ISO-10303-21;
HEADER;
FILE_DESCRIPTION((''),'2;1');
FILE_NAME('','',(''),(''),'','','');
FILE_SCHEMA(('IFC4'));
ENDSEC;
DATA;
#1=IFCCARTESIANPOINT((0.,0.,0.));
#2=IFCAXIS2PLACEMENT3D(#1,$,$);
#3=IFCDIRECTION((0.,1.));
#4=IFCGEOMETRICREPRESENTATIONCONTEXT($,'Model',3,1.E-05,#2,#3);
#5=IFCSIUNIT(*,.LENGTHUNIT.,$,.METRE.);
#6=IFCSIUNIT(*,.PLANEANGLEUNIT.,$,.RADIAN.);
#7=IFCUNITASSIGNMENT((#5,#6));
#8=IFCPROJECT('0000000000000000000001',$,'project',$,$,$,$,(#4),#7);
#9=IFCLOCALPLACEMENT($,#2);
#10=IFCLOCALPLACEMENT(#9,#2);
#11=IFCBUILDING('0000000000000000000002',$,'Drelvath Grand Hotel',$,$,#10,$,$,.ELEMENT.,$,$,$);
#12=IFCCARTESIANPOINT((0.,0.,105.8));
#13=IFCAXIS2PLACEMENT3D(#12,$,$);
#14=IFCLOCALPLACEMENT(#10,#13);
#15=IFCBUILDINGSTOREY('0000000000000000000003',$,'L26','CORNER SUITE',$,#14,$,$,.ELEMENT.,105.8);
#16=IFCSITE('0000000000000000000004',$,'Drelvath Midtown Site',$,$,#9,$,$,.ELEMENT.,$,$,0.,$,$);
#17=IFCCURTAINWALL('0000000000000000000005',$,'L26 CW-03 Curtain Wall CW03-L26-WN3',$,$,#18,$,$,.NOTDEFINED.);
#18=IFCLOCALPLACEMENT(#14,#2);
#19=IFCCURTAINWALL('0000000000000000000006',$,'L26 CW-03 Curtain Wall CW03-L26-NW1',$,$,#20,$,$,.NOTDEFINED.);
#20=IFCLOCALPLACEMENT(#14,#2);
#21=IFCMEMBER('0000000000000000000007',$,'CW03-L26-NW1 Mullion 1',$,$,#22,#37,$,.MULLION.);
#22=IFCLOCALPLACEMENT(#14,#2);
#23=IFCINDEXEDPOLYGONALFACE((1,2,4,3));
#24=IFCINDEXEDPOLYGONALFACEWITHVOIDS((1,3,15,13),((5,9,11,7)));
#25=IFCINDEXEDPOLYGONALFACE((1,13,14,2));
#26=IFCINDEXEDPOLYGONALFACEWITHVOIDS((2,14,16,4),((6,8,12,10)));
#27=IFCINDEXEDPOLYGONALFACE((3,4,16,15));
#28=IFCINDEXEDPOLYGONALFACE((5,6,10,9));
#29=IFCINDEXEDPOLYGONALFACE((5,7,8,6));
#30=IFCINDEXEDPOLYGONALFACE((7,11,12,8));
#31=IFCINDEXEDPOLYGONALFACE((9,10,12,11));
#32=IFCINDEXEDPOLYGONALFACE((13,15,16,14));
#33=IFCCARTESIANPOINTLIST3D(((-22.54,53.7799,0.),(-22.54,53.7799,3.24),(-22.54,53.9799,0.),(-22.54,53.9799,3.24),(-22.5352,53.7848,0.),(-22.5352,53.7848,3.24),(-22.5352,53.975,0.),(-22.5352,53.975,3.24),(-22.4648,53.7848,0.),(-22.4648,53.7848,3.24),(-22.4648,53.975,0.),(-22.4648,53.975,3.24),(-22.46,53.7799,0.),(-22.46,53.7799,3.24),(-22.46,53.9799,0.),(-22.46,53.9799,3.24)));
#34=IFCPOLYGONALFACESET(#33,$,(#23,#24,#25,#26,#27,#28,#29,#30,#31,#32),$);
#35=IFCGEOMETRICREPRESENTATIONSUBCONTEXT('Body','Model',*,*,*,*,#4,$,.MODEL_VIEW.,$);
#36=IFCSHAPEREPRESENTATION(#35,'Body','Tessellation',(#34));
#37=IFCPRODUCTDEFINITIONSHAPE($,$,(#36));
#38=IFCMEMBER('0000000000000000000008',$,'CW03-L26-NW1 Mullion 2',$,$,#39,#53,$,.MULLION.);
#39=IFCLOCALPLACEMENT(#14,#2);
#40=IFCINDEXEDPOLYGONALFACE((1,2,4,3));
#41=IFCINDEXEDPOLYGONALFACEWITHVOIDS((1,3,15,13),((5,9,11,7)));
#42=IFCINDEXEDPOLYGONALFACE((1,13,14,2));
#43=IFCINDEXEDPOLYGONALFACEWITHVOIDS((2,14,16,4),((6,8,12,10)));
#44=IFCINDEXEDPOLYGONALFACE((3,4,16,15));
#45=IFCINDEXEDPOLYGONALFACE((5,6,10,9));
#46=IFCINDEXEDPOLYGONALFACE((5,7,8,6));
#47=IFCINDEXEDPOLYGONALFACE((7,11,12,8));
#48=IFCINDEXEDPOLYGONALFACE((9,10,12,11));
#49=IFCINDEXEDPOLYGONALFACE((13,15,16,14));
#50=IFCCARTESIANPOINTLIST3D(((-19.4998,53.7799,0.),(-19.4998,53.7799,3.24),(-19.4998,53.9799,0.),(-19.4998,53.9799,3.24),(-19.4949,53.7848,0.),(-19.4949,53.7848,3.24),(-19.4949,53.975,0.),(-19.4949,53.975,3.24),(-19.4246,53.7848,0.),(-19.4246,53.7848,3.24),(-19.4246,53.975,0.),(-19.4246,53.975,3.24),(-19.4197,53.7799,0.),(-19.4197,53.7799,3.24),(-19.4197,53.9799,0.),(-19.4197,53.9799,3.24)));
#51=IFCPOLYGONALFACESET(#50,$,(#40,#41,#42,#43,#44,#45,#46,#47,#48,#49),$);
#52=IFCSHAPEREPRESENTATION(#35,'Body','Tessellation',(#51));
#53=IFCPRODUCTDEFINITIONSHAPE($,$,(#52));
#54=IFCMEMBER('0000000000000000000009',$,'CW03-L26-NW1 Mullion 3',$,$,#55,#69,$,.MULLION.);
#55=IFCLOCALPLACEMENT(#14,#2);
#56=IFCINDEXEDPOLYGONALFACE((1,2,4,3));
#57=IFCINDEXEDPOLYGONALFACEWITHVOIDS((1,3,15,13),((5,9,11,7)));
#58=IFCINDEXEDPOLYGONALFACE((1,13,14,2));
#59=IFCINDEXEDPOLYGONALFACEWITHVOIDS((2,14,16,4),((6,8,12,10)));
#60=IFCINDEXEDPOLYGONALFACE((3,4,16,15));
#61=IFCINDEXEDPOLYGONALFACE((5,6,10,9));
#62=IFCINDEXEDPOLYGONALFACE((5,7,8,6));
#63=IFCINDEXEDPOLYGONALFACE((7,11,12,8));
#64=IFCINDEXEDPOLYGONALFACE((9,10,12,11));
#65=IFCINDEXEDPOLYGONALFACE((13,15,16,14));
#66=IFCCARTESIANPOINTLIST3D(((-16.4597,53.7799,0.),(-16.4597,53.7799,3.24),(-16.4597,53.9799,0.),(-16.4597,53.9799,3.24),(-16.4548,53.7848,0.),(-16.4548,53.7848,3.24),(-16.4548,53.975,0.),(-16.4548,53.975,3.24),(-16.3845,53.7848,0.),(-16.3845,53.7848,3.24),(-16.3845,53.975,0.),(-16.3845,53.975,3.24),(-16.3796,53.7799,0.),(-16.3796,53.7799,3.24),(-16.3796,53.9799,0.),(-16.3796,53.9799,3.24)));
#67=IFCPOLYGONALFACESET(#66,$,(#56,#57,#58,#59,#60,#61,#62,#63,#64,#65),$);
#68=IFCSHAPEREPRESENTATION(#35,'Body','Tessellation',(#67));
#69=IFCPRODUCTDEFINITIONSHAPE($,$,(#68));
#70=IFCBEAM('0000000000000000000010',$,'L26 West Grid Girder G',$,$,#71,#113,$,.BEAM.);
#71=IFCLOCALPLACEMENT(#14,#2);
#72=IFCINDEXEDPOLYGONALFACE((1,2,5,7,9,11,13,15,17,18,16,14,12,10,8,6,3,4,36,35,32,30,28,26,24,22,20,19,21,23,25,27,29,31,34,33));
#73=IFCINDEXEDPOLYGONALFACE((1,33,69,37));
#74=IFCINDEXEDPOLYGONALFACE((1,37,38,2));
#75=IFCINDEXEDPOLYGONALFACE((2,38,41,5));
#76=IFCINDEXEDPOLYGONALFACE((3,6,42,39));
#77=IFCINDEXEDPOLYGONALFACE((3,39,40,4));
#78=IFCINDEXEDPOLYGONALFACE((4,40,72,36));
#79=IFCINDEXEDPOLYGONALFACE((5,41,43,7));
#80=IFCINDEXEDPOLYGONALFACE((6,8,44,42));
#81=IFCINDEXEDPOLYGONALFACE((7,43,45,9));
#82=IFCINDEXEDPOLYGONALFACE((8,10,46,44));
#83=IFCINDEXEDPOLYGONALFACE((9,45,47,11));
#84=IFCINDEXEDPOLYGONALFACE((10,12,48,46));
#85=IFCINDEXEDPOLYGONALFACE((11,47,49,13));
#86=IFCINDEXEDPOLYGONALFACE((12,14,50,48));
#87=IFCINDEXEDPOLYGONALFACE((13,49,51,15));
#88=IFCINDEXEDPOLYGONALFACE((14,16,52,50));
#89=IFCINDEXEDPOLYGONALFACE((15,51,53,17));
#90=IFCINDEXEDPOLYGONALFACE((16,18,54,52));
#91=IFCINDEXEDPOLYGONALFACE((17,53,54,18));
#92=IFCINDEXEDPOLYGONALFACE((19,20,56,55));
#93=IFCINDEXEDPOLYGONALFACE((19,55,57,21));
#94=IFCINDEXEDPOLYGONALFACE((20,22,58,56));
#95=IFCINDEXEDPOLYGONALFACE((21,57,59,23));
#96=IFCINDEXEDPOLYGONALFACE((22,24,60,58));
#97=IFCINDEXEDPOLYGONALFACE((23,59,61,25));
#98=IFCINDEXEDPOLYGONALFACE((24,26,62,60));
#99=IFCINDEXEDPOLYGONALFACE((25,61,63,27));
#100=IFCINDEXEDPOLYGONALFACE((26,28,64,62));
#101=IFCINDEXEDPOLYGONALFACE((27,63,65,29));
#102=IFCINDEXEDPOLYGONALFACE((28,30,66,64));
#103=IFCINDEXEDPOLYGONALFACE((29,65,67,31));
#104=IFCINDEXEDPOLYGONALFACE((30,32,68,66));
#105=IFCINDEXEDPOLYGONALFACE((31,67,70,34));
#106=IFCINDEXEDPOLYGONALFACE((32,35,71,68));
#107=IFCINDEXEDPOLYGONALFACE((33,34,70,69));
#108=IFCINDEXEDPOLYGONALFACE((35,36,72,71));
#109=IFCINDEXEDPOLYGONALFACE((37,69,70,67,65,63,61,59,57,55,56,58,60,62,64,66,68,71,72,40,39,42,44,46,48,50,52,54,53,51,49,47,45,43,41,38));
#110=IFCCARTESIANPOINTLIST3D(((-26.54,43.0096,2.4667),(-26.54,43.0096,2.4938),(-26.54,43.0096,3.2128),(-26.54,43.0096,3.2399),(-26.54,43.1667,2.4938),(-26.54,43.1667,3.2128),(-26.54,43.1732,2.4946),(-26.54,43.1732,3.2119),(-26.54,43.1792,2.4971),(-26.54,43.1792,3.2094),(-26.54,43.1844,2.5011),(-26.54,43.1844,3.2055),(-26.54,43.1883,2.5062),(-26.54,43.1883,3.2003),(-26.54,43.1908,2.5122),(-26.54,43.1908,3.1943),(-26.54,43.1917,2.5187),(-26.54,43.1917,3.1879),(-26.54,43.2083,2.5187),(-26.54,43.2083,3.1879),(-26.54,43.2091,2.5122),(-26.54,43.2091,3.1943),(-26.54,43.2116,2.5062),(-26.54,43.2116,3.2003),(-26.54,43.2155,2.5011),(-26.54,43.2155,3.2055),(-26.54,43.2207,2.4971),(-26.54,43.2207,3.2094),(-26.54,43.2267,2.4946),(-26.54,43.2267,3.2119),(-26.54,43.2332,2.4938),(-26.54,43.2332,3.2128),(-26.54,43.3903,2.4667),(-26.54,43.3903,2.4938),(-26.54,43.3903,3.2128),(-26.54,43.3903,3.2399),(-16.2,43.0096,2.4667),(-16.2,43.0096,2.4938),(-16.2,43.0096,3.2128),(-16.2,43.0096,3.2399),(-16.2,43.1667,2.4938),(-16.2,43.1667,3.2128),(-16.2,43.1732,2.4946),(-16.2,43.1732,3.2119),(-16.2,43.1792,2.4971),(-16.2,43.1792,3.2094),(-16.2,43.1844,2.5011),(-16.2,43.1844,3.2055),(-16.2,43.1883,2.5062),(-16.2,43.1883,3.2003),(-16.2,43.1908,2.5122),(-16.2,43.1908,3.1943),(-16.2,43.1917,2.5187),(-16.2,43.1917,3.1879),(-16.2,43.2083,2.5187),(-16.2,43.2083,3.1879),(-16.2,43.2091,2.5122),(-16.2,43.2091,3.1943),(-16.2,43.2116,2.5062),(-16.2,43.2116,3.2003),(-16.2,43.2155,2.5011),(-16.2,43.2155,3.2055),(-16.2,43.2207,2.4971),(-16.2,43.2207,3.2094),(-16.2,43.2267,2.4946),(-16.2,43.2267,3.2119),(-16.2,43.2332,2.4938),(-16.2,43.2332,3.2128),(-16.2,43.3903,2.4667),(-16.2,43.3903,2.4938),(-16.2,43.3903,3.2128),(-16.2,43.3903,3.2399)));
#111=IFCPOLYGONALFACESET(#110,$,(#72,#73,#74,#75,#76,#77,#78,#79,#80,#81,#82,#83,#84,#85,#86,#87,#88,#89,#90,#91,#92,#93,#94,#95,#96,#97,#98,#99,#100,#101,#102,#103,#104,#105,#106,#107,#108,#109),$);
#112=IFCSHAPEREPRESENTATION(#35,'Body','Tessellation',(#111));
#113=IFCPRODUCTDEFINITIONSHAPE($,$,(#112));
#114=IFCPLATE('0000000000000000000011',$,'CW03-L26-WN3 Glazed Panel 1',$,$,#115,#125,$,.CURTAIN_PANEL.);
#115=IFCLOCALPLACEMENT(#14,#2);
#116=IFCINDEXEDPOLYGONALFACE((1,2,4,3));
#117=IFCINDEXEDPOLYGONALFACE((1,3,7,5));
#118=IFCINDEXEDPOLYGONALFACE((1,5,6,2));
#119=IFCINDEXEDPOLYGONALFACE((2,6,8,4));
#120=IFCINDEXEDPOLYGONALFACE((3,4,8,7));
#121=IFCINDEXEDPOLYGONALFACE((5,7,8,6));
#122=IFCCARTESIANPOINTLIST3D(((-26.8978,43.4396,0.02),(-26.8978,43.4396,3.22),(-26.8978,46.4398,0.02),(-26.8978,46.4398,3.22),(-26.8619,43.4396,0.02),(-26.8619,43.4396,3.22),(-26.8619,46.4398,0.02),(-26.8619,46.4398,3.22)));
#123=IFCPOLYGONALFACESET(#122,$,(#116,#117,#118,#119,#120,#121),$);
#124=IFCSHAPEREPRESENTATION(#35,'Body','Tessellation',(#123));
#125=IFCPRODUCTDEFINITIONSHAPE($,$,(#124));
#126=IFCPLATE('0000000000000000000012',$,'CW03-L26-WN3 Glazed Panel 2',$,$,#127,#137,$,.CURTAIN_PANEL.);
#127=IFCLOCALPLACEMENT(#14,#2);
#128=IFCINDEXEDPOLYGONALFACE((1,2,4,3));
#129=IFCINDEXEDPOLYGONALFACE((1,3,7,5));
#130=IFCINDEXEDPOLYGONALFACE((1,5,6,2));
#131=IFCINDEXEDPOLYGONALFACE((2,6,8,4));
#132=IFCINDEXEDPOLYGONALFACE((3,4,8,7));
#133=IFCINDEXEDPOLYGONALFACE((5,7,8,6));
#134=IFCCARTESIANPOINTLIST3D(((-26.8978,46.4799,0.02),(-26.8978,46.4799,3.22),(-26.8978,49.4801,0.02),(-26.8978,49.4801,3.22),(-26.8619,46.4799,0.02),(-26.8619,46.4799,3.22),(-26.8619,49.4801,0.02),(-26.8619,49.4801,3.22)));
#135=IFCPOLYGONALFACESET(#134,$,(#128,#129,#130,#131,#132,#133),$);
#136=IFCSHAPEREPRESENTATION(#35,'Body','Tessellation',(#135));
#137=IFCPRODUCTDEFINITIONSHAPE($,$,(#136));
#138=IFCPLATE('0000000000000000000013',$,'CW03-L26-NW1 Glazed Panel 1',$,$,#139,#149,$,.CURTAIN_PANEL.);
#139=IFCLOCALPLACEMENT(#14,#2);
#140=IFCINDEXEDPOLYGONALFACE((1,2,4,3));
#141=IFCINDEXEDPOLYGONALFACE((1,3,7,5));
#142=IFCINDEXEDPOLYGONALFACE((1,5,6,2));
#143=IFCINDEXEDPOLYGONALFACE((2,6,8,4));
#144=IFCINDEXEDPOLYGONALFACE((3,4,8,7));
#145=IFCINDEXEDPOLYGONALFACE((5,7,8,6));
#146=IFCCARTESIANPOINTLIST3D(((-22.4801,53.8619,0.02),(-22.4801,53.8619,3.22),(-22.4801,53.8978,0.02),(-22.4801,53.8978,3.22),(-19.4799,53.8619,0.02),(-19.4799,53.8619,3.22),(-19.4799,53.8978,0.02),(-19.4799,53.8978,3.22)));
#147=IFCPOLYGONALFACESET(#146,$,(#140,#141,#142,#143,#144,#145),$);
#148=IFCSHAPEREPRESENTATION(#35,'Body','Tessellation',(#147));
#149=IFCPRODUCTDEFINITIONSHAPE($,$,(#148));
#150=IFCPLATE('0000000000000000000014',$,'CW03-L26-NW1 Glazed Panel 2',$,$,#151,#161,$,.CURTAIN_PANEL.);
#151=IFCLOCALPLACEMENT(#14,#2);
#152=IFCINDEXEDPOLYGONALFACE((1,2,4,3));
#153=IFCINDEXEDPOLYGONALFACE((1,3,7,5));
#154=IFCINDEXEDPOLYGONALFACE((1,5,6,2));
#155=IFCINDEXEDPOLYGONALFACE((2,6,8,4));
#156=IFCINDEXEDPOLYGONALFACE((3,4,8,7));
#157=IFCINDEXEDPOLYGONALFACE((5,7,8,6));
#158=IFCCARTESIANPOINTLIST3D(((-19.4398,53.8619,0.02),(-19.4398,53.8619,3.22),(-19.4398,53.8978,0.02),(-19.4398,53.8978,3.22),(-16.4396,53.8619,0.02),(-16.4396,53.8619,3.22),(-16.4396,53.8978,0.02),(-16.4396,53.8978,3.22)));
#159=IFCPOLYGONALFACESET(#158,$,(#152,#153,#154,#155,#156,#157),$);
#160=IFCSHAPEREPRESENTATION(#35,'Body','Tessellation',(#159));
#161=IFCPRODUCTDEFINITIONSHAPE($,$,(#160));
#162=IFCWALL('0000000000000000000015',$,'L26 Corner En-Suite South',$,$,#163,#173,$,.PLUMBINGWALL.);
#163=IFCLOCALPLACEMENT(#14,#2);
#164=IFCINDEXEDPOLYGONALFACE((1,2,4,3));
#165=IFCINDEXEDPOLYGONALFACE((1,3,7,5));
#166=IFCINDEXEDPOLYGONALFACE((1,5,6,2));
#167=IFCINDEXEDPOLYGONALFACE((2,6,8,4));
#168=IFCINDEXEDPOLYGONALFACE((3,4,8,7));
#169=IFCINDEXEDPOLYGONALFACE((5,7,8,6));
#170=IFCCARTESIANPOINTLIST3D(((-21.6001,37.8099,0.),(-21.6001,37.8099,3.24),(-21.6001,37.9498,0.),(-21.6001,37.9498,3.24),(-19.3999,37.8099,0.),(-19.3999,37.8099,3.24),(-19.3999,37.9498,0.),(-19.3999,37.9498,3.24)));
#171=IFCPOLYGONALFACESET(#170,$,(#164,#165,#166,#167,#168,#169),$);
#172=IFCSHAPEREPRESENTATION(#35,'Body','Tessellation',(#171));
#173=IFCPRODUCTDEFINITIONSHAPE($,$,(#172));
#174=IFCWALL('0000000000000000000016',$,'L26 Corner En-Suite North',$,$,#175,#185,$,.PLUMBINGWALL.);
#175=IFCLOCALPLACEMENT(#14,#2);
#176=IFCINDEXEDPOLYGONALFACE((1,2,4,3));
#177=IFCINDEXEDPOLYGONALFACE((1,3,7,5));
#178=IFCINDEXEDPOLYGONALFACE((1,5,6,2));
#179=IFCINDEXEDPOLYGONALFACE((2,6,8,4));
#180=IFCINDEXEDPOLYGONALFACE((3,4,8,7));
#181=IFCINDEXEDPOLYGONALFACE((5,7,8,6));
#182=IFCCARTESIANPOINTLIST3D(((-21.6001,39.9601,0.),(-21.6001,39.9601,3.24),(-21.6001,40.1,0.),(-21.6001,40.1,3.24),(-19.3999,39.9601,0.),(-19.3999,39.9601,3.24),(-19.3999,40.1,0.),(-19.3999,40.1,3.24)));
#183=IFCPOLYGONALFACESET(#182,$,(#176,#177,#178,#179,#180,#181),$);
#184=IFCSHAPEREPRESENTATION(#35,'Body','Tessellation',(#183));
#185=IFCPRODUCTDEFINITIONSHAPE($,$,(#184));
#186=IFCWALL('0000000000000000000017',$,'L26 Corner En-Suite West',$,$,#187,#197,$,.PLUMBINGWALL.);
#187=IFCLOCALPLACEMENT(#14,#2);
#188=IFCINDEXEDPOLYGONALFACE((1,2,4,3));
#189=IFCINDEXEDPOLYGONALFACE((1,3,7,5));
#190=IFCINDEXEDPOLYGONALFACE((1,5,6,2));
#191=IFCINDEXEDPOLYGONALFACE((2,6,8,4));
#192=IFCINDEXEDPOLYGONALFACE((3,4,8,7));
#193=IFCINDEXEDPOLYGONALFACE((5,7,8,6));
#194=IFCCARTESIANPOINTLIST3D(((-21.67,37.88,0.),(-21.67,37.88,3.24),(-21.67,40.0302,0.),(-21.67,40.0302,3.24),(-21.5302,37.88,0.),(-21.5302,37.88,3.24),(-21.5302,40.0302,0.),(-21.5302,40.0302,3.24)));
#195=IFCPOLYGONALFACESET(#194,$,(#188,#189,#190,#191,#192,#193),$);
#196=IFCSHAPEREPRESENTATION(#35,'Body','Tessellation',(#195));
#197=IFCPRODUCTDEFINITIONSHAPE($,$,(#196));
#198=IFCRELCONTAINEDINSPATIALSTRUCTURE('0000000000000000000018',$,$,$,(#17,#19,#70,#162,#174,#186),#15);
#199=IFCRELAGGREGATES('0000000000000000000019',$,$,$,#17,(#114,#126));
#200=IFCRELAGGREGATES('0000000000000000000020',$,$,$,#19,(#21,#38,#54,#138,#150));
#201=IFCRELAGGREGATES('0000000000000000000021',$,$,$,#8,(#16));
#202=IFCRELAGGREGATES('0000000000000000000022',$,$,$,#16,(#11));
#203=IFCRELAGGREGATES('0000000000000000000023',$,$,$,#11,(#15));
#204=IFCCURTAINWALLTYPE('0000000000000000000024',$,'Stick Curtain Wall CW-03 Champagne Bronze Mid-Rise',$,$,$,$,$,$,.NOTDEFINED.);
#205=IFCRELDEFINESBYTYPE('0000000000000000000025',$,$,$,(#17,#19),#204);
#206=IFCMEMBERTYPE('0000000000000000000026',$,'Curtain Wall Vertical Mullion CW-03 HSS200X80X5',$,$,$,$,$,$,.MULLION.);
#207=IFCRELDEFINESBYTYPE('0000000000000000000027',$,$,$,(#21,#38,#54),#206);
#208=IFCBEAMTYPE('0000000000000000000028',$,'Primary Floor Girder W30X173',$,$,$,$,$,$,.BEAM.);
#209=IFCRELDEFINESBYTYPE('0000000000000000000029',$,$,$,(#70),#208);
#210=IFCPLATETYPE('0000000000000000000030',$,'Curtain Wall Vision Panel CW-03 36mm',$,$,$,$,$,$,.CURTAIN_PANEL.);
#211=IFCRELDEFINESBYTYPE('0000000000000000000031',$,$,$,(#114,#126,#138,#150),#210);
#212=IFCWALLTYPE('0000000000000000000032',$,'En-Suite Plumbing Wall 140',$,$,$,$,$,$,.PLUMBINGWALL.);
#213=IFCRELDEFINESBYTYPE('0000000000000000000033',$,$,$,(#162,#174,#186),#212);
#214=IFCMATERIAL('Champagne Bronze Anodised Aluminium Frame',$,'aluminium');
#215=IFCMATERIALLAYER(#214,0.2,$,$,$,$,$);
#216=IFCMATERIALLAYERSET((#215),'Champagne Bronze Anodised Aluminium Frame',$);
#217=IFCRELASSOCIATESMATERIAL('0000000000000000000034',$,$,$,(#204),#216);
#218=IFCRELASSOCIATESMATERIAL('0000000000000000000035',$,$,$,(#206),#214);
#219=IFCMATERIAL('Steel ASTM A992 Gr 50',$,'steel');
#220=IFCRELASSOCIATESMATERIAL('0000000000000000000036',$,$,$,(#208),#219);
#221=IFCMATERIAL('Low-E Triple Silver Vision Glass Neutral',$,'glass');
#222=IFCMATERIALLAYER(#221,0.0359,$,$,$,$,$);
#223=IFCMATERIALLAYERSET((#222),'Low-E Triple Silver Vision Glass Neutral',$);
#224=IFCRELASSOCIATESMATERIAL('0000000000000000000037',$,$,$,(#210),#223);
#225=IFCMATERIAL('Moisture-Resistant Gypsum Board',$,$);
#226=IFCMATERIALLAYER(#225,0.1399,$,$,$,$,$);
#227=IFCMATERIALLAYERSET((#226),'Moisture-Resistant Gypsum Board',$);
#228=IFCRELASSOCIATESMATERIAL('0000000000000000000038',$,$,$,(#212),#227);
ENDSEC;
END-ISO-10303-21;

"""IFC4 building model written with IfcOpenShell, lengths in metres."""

from ifc_helpers import new_model, si_unit, direction, frame, frame_2d, origin, origin_2d, place, context, subcontext, project, spatial, rectangle, hollow_rectangle, i_section, extrude, material, layer, layer_set, material_profile, profile_set, type_object, element, aggregate, save


model = new_model("IFC4")

# Units and contexts
model_context = context("Model", 3, precision=1e-05, world=origin(), true_north=direction((0.0, 1.0)))
body_context = subcontext(model_context, "Body", "Model", "MODEL_VIEW")
ifc_project = project(units=[si_unit("LENGTHUNIT", "METRE"), si_unit("PLANEANGLEUNIT", "RADIAN")], contexts=[model_context])

# Site, building, storey
site_placement = place(None, origin())
site = spatial("IfcSite", under=ifc_project, at=site_placement, Name="Drelvath Midtown Site", CompositionType="ELEMENT", RefElevation=0.0)
building_placement = place(site_placement, origin())
building = spatial("IfcBuilding", under=site, at=building_placement, Name="Drelvath Grand Hotel", CompositionType="ELEMENT")
storey_placement = place(building_placement, frame((0.0, 0.0, 105.8)))
storey = spatial("IfcBuildingStorey", under=building, at=storey_placement, Name="L26", Description="CORNER SUITE", CompositionType="ELEMENT", Elevation=105.8)

# Shared definitions
ifc_material_1 = material(Name="Steel ASTM A992 Gr 50", Category="steel")

# Curtain walls
ifc_material_2 = material(Name="Champagne Bronze Anodised Aluminium Frame", Category="aluminium")
ifc_layer_1 = layer(ifc_material_2, 0.2)
ifc_layer_set_1 = layer_set([ifc_layer_1], Name="Champagne Bronze Anodised Aluminium Frame")
curtain_wall_type = type_object("IfcCurtainWallType", Name="Stick Curtain Wall CW-03 Champagne Bronze Mid-Rise", PredefinedType="NOTDEFINED", material=ifc_layer_set_1)
curtain_wall_1_placement = place(storey_placement, origin())
curtain_wall_1 = element("IfcCurtainWall", 1, at=curtain_wall_1_placement, inside=storey, type_object=curtain_wall_type, Name="L26 CW-03 Curtain Wall CW03-L26-WN3", PredefinedType="NOTDEFINED")
curtain_wall_2_placement = place(storey_placement, origin())
curtain_wall_2 = element("IfcCurtainWall", 2, at=curtain_wall_2_placement, inside=storey, type_object=curtain_wall_type, Name="L26 CW-03 Curtain Wall CW03-L26-NW1", PredefinedType="NOTDEFINED")

# Members
ifc_material_profile_1 = material_profile(ifc_material_2, hollow_rectangle(XDim=0.0801, YDim=0.2, WallThickness=0.0049, at=origin_2d()), Name="HSS200X80X5")
ifc_profile_set_1 = profile_set([ifc_material_profile_1], Name="Champagne Bronze Anodised Aluminium Frame")
member_type_1 = type_object("IfcMemberType", Name="Curtain Wall Vertical Mullion CW-03 HSS200X80X5", PredefinedType="MULLION", material=ifc_profile_set_1)
member_1_placement = place(storey_placement, frame((-22.5, 53.8799, 0.0), z_axis=(0.0, 0.0, 1.0), x_axis=(1.0, 0.0, 0.0)))
member_1 = element("IfcMember", 3, at=member_1_placement, type_object=member_type_1, Name="CW03-L26-NW1 Mullion 1", PredefinedType="MULLION", context=body_context, shape_type="SweptSolid", body=[
    extrude(hollow_rectangle(XDim=0.0801, YDim=0.2, WallThickness=0.0049, at=origin_2d()), origin(), (0.0, 0.0, 1.0), 3.24),
])
member_2_placement = place(storey_placement, frame((-19.4597, 53.8799, 0.0), z_axis=(0.0, 0.0, 1.0), x_axis=(1.0, 0.0, 0.0)))
member_2 = element("IfcMember", 4, at=member_2_placement, type_object=member_type_1, Name="CW03-L26-NW1 Mullion 2", PredefinedType="MULLION", context=body_context, shape_type="SweptSolid", body=[
    extrude(hollow_rectangle(XDim=0.0801, YDim=0.2, WallThickness=0.0049, at=origin_2d()), origin(), (0.0, 0.0, 1.0), 3.24),
])
member_3_placement = place(storey_placement, frame((-16.4197, 53.8799, 0.0), z_axis=(0.0, 0.0, 1.0), x_axis=(1.0, 0.0, 0.0)))
member_3 = element("IfcMember", 5, at=member_3_placement, type_object=member_type_1, Name="CW03-L26-NW1 Mullion 3", PredefinedType="MULLION", context=body_context, shape_type="SweptSolid", body=[
    extrude(hollow_rectangle(XDim=0.0801, YDim=0.2, WallThickness=0.0049, at=origin_2d()), origin(), (0.0, 0.0, 1.0), 3.24),
])

# Beam
ifc_material_profile_2 = material_profile(ifc_material_1, i_section(OverallWidth=0.3806, OverallDepth=0.7732, WebThickness=0.0166, FlangeThickness=0.0271, FilletRadius=0.0249, at=origin_2d()), Name="W30X173")
ifc_profile_set_2 = profile_set([ifc_material_profile_2], Name="Steel ASTM A992 Gr 50")
beam_type_1 = type_object("IfcBeamType", Name="Primary Floor Girder W30X173", PredefinedType="BEAM", material=ifc_profile_set_2)
beam_1_placement = place(storey_placement, frame((-26.54, 43.2, 2.8533), z_axis=(1.0, 0.0, 0.0), x_axis=(0.0, 1.0, 0.0)))
element("IfcBeam", 6, at=beam_1_placement, inside=storey, type_object=beam_type_1, Name="L26 West Grid Girder G", PredefinedType="BEAM", context=body_context, shape_type="SweptSolid", body=[
    extrude(i_section(OverallWidth=0.3806, OverallDepth=0.7732, WebThickness=0.0166, FlangeThickness=0.0271, FilletRadius=0.0249, at=origin_2d()), origin(), (0.0, 0.0, 1.0), 10.3401),
])

# Plates
ifc_material_3 = material(Name="Low-E Triple Silver Vision Glass Neutral", Category="glass")
ifc_layer_2 = layer(ifc_material_3, 0.0359)
ifc_layer_set_2 = layer_set([ifc_layer_2], Name="Low-E Triple Silver Vision Glass Neutral")
plate_type = type_object("IfcPlateType", Name="Curtain Wall Vision Panel CW-03 36mm", PredefinedType="CURTAIN_PANEL", material=ifc_layer_set_2)
plate_1_placement = place(storey_placement, frame((-26.8799, 44.9397, 0.02), z_axis=(0.0, 0.0, 1.0), x_axis=(0.0, 1.0, 0.0)))
plate_1 = element("IfcPlate", 7, at=plate_1_placement, type_object=plate_type, Name="CW03-L26-WN3 Glazed Panel 1", PredefinedType="CURTAIN_PANEL", context=body_context, shape_type="SweptSolid", body=[
    extrude(rectangle(XDim=3.0002, YDim=0.0359, at=origin_2d()), origin(), (0.0, 0.0, 1.0), 3.2),
])
plate_2_placement = place(storey_placement, frame((-26.8799, 47.98, 0.02), z_axis=(0.0, 0.0, 1.0), x_axis=(0.0, 1.0, 0.0)))
plate_2 = element("IfcPlate", 8, at=plate_2_placement, type_object=plate_type, Name="CW03-L26-WN3 Glazed Panel 2", PredefinedType="CURTAIN_PANEL", context=body_context, shape_type="SweptSolid", body=[
    extrude(rectangle(XDim=3.0002, YDim=0.0359, at=origin_2d()), origin(), (0.0, 0.0, 1.0), 3.2),
])
aggregate(curtain_wall_1, [plate_1, plate_2])
plate_3_placement = place(storey_placement, frame((-20.98, 53.8799, 0.02), z_axis=(0.0, 0.0, 1.0), x_axis=(1.0, 0.0, 0.0)))
plate_3 = element("IfcPlate", 9, at=plate_3_placement, type_object=plate_type, Name="CW03-L26-NW1 Glazed Panel 1", PredefinedType="CURTAIN_PANEL", context=body_context, shape_type="SweptSolid", body=[
    extrude(rectangle(XDim=3.0002, YDim=0.0359, at=origin_2d()), origin(), (0.0, 0.0, 1.0), 3.2),
])
plate_4_placement = place(storey_placement, frame((-17.9397, 53.8799, 0.02), z_axis=(0.0, 0.0, 1.0), x_axis=(1.0, 0.0, 0.0)))
plate_4 = element("IfcPlate", 10, at=plate_4_placement, type_object=plate_type, Name="CW03-L26-NW1 Glazed Panel 2", PredefinedType="CURTAIN_PANEL", context=body_context, shape_type="SweptSolid", body=[
    extrude(rectangle(XDim=3.0002, YDim=0.0359, at=origin_2d()), origin(), (0.0, 0.0, 1.0), 3.2),
])
aggregate(curtain_wall_2, [member_1, member_2, member_3, plate_3, plate_4])

# Walls
ifc_material_4 = material(Name="Moisture-Resistant Gypsum Board")
ifc_layer_3 = layer(ifc_material_4, 0.1399)
ifc_layer_set_3 = layer_set([ifc_layer_3], Name="Moisture-Resistant Gypsum Board")
wall_type_1 = type_object("IfcWallType", Name="En-Suite Plumbing Wall 140", PredefinedType="PLUMBINGWALL", material=ifc_layer_set_3)
for number, where, z_axis, x_axis, name in (
    (11, (-21.6001, 37.8799, 0.0), (0.0, 0.0, 1.0), (1.0, 0.0, 0.0), "L26 Corner En-Suite South"),
    (12, (-21.6001, 40.03, 0.0), (0.0, 0.0, 1.0), (1.0, 0.0, 0.0), "L26 Corner En-Suite North"),
):
    element("IfcWall", number, at=place(storey_placement, frame(where, z_axis=z_axis, x_axis=x_axis)), inside=storey, type_object=wall_type_1, Name=name, PredefinedType="PLUMBINGWALL", context=body_context, shape_type="SweptSolid", body=[
        extrude(rectangle(XDim=2.2002, YDim=0.1399, at=frame_2d((1.1001, 0.0))), origin(), (0.0, 0.0, 1.0), 3.24),
    ])
wall_1_placement = place(storey_placement, frame((-21.6001, 37.8799, 0.0), z_axis=(0.0, 0.0, 1.0), x_axis=(0.0, 1.0, 0.0)))
element("IfcWall", 13, at=wall_1_placement, inside=storey, type_object=wall_type_1, Name="L26 Corner En-Suite West", PredefinedType="PLUMBINGWALL", context=body_context, shape_type="SweptSolid", body=[
    extrude(rectangle(XDim=2.1501, YDim=0.1399, at=frame_2d((1.0752, 0.0))), origin(), (0.0, 0.0, 1.0), 3.24),
])

save(model, "model.ifc")
